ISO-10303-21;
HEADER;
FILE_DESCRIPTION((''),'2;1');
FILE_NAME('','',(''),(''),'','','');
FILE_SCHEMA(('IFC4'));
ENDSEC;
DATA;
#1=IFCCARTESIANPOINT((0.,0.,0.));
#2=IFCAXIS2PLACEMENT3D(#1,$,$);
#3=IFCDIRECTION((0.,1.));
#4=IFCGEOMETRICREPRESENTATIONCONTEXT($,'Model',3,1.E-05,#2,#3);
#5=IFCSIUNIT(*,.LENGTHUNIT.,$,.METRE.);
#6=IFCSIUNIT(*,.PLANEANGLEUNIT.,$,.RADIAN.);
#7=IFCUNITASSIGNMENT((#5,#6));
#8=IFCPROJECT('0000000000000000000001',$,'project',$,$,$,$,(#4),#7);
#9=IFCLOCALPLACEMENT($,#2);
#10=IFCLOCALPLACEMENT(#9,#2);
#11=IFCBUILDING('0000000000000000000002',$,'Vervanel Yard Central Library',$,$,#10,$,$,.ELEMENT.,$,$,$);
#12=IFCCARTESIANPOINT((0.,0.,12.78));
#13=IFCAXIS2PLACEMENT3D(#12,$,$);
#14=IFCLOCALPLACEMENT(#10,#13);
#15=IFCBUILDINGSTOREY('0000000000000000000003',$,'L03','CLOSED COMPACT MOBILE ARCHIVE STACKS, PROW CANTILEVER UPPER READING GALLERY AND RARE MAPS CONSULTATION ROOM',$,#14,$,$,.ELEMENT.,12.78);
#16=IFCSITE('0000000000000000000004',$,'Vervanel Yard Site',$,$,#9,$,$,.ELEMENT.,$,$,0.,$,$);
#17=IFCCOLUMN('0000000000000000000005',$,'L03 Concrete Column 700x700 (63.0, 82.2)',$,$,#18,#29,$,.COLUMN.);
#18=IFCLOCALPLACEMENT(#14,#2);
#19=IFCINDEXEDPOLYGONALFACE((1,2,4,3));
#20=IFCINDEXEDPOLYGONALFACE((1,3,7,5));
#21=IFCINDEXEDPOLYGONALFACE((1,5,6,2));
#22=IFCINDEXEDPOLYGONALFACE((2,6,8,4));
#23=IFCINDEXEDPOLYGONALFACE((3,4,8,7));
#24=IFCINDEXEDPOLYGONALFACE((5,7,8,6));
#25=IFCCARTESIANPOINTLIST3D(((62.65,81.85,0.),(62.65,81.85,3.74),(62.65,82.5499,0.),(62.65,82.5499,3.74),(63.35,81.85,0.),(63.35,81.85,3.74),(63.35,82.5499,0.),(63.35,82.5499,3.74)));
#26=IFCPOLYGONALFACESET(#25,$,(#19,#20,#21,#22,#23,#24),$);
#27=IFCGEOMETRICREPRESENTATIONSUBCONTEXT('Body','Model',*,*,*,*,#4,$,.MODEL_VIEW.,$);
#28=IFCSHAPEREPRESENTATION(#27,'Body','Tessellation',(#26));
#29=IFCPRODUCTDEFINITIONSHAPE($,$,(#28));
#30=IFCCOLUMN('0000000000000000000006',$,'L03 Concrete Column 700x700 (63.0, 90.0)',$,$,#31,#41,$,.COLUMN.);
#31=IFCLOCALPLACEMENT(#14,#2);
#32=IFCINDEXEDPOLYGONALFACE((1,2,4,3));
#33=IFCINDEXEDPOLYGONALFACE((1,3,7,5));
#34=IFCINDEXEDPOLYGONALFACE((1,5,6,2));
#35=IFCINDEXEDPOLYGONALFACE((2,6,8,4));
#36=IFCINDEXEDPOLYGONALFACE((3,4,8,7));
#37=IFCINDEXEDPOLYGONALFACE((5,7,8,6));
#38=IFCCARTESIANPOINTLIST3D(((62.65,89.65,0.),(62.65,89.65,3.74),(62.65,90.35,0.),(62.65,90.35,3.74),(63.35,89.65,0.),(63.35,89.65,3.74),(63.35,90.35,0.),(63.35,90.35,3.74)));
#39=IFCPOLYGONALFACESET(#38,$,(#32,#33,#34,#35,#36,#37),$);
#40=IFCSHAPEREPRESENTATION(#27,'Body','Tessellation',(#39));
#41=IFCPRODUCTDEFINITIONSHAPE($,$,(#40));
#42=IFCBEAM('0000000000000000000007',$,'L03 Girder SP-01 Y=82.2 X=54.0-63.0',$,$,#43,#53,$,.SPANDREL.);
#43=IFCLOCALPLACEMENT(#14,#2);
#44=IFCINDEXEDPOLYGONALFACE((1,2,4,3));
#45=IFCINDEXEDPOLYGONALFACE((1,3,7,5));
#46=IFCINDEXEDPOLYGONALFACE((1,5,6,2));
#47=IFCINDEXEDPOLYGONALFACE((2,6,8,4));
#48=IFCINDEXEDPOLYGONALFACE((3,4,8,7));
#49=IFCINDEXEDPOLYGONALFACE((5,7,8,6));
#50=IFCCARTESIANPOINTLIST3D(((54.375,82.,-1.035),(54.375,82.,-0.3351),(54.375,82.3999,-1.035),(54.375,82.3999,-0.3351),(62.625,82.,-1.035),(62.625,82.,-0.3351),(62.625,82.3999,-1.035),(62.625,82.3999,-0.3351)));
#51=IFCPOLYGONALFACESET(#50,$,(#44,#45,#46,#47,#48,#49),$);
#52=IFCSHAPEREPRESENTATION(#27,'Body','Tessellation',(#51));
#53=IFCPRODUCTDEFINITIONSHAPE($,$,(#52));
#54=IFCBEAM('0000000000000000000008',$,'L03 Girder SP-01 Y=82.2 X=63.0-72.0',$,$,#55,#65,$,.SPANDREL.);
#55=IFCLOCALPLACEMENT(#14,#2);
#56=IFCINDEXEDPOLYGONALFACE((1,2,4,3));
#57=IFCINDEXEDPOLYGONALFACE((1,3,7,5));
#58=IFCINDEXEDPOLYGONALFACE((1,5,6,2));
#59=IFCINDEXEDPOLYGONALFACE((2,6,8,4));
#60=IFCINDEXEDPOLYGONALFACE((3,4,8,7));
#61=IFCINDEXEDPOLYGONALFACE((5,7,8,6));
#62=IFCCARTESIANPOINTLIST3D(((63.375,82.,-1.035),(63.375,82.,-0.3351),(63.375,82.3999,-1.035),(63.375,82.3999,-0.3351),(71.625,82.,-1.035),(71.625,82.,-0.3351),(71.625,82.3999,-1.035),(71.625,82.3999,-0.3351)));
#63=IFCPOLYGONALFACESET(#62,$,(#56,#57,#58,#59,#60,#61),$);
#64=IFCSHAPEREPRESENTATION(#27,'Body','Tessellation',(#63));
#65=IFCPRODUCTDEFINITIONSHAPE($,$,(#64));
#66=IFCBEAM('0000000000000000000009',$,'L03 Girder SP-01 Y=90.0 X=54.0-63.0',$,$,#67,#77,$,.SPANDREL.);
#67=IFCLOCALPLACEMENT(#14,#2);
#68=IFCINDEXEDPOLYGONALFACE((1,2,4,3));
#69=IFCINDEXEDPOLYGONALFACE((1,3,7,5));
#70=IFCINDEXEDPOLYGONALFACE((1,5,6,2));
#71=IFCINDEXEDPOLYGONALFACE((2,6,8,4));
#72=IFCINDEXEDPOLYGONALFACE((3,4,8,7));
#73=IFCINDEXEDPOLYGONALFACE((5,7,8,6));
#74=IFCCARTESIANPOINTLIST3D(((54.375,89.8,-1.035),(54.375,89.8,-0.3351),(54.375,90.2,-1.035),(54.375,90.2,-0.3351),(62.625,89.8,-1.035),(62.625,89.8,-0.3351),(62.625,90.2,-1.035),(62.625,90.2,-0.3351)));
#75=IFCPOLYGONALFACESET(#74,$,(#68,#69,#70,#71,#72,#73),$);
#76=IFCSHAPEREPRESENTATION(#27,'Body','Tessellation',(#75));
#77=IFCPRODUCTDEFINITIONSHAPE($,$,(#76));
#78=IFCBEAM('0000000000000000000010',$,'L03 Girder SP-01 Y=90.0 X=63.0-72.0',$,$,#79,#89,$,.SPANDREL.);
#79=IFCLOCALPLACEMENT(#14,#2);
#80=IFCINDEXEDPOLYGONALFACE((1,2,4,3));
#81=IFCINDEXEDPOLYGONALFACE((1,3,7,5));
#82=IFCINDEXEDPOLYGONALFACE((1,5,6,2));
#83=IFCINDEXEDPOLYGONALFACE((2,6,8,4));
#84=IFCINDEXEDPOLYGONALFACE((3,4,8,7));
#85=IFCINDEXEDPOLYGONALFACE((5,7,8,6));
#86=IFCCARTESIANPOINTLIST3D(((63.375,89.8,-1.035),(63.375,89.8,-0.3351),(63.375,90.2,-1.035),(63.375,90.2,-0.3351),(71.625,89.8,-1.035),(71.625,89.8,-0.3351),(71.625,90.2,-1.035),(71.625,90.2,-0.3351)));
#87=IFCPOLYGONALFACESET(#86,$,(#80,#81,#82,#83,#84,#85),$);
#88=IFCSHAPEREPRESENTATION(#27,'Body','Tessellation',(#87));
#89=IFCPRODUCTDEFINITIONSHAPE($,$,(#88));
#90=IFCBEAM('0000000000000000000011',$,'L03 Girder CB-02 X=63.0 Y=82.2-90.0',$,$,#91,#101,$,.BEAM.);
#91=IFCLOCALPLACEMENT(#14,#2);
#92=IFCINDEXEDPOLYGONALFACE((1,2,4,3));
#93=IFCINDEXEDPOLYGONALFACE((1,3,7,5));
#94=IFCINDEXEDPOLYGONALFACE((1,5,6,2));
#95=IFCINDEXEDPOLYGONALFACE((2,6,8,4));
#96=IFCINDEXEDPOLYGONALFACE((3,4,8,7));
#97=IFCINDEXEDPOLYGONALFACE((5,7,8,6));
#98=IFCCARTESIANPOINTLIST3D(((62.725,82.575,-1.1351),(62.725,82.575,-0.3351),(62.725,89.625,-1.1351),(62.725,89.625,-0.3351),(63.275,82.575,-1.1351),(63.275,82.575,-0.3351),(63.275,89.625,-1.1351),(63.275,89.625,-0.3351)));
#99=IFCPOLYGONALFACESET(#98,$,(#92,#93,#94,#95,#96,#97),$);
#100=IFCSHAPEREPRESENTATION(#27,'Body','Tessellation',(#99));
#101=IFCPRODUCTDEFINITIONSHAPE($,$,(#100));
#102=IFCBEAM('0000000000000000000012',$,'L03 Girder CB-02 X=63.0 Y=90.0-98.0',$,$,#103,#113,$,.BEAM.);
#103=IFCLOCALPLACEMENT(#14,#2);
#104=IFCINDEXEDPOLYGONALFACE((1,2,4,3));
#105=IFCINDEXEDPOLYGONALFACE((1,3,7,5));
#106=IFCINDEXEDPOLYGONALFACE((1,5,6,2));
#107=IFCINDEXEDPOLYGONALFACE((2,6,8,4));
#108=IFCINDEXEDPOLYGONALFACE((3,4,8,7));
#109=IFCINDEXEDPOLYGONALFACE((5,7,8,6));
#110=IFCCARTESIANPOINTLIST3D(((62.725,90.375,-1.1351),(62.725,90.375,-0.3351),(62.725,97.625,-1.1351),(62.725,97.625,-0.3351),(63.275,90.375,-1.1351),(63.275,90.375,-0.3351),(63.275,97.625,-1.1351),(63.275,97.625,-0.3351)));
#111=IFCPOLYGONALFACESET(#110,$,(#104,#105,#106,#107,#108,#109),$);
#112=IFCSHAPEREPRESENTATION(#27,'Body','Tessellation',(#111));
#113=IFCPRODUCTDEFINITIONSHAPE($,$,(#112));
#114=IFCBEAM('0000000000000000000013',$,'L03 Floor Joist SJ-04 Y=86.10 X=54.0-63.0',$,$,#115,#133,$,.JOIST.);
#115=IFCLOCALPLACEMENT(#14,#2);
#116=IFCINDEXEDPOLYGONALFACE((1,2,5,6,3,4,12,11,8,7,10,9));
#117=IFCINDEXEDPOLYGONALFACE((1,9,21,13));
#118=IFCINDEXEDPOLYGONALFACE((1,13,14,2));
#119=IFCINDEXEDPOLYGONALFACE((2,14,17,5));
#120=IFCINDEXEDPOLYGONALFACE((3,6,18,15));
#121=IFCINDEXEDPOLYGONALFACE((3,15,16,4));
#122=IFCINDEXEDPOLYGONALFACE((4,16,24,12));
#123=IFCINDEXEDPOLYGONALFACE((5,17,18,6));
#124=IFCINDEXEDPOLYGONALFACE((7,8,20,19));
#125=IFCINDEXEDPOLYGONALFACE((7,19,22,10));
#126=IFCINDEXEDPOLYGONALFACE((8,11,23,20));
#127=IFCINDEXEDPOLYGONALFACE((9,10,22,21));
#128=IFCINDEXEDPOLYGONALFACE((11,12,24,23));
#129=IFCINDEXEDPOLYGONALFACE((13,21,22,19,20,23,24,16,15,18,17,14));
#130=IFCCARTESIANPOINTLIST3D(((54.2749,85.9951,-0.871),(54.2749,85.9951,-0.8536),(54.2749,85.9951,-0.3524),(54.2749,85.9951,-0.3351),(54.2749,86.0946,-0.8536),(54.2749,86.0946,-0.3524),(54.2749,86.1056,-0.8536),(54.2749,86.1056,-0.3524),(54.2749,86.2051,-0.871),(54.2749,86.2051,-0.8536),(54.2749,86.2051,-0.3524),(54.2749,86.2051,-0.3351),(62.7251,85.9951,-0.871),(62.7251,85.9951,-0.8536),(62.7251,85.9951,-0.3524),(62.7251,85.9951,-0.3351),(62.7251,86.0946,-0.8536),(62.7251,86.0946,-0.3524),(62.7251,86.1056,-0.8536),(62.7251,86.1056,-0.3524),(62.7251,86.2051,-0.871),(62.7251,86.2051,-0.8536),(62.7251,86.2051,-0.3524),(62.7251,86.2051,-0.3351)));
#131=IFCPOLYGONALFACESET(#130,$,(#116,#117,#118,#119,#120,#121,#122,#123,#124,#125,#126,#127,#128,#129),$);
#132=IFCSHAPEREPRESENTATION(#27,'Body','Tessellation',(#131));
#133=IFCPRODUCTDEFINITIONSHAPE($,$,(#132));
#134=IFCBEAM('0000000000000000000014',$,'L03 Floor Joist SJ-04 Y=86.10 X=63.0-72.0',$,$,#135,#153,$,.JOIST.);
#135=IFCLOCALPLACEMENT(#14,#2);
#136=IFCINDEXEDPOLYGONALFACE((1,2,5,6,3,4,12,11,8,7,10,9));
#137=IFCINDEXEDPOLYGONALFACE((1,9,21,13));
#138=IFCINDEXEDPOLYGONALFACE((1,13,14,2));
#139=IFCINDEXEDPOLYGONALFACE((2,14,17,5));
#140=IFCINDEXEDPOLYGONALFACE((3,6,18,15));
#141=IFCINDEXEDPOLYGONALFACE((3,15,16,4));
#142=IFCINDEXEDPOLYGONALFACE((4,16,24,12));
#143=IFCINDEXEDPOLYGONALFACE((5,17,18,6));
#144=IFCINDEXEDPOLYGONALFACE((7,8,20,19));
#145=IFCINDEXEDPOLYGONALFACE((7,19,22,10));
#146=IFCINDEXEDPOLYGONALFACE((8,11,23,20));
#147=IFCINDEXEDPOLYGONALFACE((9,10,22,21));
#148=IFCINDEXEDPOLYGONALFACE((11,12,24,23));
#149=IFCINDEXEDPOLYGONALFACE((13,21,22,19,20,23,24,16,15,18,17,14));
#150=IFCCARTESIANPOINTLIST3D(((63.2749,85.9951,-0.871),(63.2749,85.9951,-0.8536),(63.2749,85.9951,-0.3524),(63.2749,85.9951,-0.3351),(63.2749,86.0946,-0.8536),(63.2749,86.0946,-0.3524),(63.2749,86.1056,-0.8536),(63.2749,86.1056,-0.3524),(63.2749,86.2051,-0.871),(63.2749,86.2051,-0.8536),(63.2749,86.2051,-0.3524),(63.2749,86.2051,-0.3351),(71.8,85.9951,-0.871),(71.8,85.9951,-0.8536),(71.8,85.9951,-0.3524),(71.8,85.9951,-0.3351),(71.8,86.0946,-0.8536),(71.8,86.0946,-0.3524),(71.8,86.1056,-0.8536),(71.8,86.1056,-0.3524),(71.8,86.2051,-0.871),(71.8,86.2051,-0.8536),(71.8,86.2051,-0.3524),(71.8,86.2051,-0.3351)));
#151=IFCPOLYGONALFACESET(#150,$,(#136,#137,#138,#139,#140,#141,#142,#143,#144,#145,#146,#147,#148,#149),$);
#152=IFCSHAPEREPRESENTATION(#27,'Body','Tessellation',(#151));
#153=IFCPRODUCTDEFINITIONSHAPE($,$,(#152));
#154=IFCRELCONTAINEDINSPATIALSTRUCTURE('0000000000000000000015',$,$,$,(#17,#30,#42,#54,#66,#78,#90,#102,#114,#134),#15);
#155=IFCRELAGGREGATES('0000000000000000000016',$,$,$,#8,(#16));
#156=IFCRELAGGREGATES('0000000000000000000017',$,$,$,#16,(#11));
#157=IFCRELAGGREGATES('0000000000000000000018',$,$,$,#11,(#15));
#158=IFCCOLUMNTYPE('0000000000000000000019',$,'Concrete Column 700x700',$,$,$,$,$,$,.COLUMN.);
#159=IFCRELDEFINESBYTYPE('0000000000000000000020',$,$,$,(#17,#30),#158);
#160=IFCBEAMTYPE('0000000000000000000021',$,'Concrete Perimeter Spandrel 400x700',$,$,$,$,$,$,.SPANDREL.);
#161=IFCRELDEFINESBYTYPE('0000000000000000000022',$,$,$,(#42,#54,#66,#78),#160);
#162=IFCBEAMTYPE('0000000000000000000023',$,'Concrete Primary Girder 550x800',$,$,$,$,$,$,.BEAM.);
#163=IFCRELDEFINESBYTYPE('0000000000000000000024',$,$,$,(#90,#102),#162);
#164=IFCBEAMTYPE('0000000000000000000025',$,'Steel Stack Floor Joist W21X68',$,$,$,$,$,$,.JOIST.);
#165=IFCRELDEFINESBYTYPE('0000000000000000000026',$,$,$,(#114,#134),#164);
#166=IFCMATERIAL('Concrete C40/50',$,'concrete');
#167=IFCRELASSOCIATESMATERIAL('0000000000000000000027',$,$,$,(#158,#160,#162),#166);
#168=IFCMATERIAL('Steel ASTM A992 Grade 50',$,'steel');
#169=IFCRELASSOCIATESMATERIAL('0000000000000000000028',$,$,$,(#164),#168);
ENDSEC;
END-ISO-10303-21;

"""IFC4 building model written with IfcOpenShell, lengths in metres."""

from ifc_helpers import new_model, si_unit, direction, frame, origin, origin_2d, place, context, subcontext, project, spatial, rectangle, i_section, extrude, material, material_profile, profile_set, type_object, element, save


model = new_model("IFC4")

# Units and contexts
model_context = context("Model", 3, precision=1e-05, world=origin(), true_north=direction((0.0, 1.0)))
body_context = subcontext(model_context, "Body", "Model", "MODEL_VIEW")
ifc_project = project(units=[si_unit("LENGTHUNIT", "METRE"), si_unit("PLANEANGLEUNIT", "RADIAN")], contexts=[model_context])

# Site, building, storey
site_placement = place(None, origin())
site = spatial("IfcSite", under=ifc_project, at=site_placement, Name="Vervanel Yard Site", CompositionType="ELEMENT", RefElevation=0.0)
building_placement = place(site_placement, origin())
building = spatial("IfcBuilding", under=site, at=building_placement, Name="Vervanel Yard Central Library", CompositionType="ELEMENT")
storey_placement = place(building_placement, frame((0.0, 0.0, 12.78)))
storey = spatial("IfcBuildingStorey", under=building, at=storey_placement, Name="L03", Description="CLOSED COMPACT MOBILE ARCHIVE STACKS, PROW CANTILEVER UPPER READING GALLERY AND RARE MAPS CONSULTATION ROOM", CompositionType="ELEMENT", Elevation=12.78)

# Columns
ifc_material_1 = material(Name="Concrete C40/50", Category="concrete")
ifc_material_profile_1 = material_profile(ifc_material_1, rectangle(XDim=0.7, YDim=0.7, at=origin_2d()), Name="RC 700x700", Category="concrete")
ifc_profile_set_1 = profile_set([ifc_material_profile_1], Name="Concrete C40/50")
column_type = type_object("IfcColumnType", Name="Concrete Column 700x700", PredefinedType="COLUMN", material=ifc_profile_set_1)
for number, where, z_axis, x_axis, name in (
    (1, (63.0, 82.2, 0.0), (0.0, 0.0, 1.0), (1.0, 0.0, 0.0), "L03 Concrete Column 700x700 (63.0, 82.2)"),
    (2, (63.0, 90.0, 0.0), (0.0, 0.0, 1.0), (1.0, 0.0, 0.0), "L03 Concrete Column 700x700 (63.0, 90.0)"),
):
    element("IfcColumn", number, at=place(storey_placement, frame(where, z_axis=z_axis, x_axis=x_axis)), inside=storey, type_object=column_type, Name=name, PredefinedType="COLUMN", context=body_context, shape_type="SweptSolid", body=[
        extrude(rectangle(XDim=0.7, YDim=0.7, at=origin_2d()), origin(), (0.0, 0.0, 1.0), 3.74),
    ])

# Beams
ifc_material_profile_2 = material_profile(ifc_material_1, rectangle(XDim=0.3999, YDim=0.7, at=origin_2d()), Name="RC 400x700", Category="concrete")
ifc_profile_set_2 = profile_set([ifc_material_profile_2], Name="Concrete C40/50")
beam_type_1 = type_object("IfcBeamType", Name="Concrete Perimeter Spandrel 400x700", PredefinedType="SPANDREL", material=ifc_profile_set_2)
for number, where, z_axis, x_axis, name in (
    (3, (54.375, 82.2, -0.6851), (1.0, 0.0, 0.0), (0.0, 1.0, 0.0), "L03 Girder SP-01 Y=82.2 X=54.0-63.0"),
    (4, (63.375, 82.2, -0.6851), (1.0, 0.0, 0.0), (0.0, 1.0, 0.0), "L03 Girder SP-01 Y=82.2 X=63.0-72.0"),
    (5, (54.375, 90.0, -0.6851), (1.0, 0.0, 0.0), (0.0, 1.0, 0.0), "L03 Girder SP-01 Y=90.0 X=54.0-63.0"),
    (6, (63.375, 90.0, -0.6851), (1.0, 0.0, 0.0), (0.0, 1.0, 0.0), "L03 Girder SP-01 Y=90.0 X=63.0-72.0"),
):
    element("IfcBeam", number, at=place(storey_placement, frame(where, z_axis=z_axis, x_axis=x_axis)), inside=storey, type_object=beam_type_1, Name=name, PredefinedType="SPANDREL", context=body_context, shape_type="SweptSolid", body=[
        extrude(rectangle(XDim=0.3999, YDim=0.7, at=origin_2d()), origin(), (0.0, 0.0, 1.0), 8.25),
    ])
ifc_material_profile_3 = material_profile(ifc_material_1, rectangle(XDim=0.55, YDim=0.8, at=origin_2d()), Name="RC 550x800", Category="concrete")
ifc_profile_set_3 = profile_set([ifc_material_profile_3], Name="Concrete C40/50")
beam_type_2 = type_object("IfcBeamType", Name="Concrete Primary Girder 550x800", PredefinedType="BEAM", material=ifc_profile_set_3)
beam_1_placement = place(storey_placement, frame((63.0, 82.575, -0.7351), z_axis=(0.0, 1.0, 0.0), x_axis=(-1.0, 0.0, 0.0)))
element("IfcBeam", 7, at=beam_1_placement, inside=storey, type_object=beam_type_2, Name="L03 Girder CB-02 X=63.0 Y=82.2-90.0", PredefinedType="BEAM", context=body_context, shape_type="SweptSolid", body=[
    extrude(rectangle(XDim=0.55, YDim=0.8, at=origin_2d()), origin(), (0.0, 0.0, 1.0), 7.05),
])
beam_2_placement = place(storey_placement, frame((63.0, 90.375, -0.7351), z_axis=(0.0, 1.0, 0.0), x_axis=(-1.0, 0.0, 0.0)))
element("IfcBeam", 8, at=beam_2_placement, inside=storey, type_object=beam_type_2, Name="L03 Girder CB-02 X=63.0 Y=90.0-98.0", PredefinedType="BEAM", context=body_context, shape_type="SweptSolid", body=[
    extrude(rectangle(XDim=0.55, YDim=0.8, at=origin_2d()), origin(), (0.0, 0.0, 1.0), 7.25),
])
ifc_material_2 = material(Name="Steel ASTM A992 Grade 50", Category="steel")
ifc_material_profile_4 = material_profile(ifc_material_2, i_section(OverallWidth=0.21, OverallDepth=0.5359, WebThickness=0.011, FlangeThickness=0.0173, at=origin_2d()), Name="W21X68", Category="steel")
ifc_profile_set_4 = profile_set([ifc_material_profile_4], Name="Steel ASTM A992 Grade 50")
beam_type_3 = type_object("IfcBeamType", Name="Steel Stack Floor Joist W21X68", PredefinedType="JOIST", material=ifc_profile_set_4)
beam_3_placement = place(storey_placement, frame((54.2749, 86.1001, -0.603), z_axis=(1.0, 0.0, 0.0), x_axis=(0.0, 1.0, 0.0)))
element("IfcBeam", 9, at=beam_3_placement, inside=storey, type_object=beam_type_3, Name="L03 Floor Joist SJ-04 Y=86.10 X=54.0-63.0", PredefinedType="JOIST", context=body_context, shape_type="SweptSolid", body=[
    extrude(i_section(OverallWidth=0.21, OverallDepth=0.5359, WebThickness=0.011, FlangeThickness=0.0173, at=origin_2d()), origin(), (0.0, 0.0, 1.0), 8.4502),
])
beam_4_placement = place(storey_placement, frame((63.2749, 86.1001, -0.603), z_axis=(1.0, 0.0, 0.0), x_axis=(0.0, 1.0, 0.0)))
element("IfcBeam", 10, at=beam_4_placement, inside=storey, type_object=beam_type_3, Name="L03 Floor Joist SJ-04 Y=86.10 X=63.0-72.0", PredefinedType="JOIST", context=body_context, shape_type="SweptSolid", body=[
    extrude(i_section(OverallWidth=0.21, OverallDepth=0.5359, WebThickness=0.011, FlangeThickness=0.0173, at=origin_2d()), origin(), (0.0, 0.0, 1.0), 8.5251),
])

save(model, "model.ifc")
